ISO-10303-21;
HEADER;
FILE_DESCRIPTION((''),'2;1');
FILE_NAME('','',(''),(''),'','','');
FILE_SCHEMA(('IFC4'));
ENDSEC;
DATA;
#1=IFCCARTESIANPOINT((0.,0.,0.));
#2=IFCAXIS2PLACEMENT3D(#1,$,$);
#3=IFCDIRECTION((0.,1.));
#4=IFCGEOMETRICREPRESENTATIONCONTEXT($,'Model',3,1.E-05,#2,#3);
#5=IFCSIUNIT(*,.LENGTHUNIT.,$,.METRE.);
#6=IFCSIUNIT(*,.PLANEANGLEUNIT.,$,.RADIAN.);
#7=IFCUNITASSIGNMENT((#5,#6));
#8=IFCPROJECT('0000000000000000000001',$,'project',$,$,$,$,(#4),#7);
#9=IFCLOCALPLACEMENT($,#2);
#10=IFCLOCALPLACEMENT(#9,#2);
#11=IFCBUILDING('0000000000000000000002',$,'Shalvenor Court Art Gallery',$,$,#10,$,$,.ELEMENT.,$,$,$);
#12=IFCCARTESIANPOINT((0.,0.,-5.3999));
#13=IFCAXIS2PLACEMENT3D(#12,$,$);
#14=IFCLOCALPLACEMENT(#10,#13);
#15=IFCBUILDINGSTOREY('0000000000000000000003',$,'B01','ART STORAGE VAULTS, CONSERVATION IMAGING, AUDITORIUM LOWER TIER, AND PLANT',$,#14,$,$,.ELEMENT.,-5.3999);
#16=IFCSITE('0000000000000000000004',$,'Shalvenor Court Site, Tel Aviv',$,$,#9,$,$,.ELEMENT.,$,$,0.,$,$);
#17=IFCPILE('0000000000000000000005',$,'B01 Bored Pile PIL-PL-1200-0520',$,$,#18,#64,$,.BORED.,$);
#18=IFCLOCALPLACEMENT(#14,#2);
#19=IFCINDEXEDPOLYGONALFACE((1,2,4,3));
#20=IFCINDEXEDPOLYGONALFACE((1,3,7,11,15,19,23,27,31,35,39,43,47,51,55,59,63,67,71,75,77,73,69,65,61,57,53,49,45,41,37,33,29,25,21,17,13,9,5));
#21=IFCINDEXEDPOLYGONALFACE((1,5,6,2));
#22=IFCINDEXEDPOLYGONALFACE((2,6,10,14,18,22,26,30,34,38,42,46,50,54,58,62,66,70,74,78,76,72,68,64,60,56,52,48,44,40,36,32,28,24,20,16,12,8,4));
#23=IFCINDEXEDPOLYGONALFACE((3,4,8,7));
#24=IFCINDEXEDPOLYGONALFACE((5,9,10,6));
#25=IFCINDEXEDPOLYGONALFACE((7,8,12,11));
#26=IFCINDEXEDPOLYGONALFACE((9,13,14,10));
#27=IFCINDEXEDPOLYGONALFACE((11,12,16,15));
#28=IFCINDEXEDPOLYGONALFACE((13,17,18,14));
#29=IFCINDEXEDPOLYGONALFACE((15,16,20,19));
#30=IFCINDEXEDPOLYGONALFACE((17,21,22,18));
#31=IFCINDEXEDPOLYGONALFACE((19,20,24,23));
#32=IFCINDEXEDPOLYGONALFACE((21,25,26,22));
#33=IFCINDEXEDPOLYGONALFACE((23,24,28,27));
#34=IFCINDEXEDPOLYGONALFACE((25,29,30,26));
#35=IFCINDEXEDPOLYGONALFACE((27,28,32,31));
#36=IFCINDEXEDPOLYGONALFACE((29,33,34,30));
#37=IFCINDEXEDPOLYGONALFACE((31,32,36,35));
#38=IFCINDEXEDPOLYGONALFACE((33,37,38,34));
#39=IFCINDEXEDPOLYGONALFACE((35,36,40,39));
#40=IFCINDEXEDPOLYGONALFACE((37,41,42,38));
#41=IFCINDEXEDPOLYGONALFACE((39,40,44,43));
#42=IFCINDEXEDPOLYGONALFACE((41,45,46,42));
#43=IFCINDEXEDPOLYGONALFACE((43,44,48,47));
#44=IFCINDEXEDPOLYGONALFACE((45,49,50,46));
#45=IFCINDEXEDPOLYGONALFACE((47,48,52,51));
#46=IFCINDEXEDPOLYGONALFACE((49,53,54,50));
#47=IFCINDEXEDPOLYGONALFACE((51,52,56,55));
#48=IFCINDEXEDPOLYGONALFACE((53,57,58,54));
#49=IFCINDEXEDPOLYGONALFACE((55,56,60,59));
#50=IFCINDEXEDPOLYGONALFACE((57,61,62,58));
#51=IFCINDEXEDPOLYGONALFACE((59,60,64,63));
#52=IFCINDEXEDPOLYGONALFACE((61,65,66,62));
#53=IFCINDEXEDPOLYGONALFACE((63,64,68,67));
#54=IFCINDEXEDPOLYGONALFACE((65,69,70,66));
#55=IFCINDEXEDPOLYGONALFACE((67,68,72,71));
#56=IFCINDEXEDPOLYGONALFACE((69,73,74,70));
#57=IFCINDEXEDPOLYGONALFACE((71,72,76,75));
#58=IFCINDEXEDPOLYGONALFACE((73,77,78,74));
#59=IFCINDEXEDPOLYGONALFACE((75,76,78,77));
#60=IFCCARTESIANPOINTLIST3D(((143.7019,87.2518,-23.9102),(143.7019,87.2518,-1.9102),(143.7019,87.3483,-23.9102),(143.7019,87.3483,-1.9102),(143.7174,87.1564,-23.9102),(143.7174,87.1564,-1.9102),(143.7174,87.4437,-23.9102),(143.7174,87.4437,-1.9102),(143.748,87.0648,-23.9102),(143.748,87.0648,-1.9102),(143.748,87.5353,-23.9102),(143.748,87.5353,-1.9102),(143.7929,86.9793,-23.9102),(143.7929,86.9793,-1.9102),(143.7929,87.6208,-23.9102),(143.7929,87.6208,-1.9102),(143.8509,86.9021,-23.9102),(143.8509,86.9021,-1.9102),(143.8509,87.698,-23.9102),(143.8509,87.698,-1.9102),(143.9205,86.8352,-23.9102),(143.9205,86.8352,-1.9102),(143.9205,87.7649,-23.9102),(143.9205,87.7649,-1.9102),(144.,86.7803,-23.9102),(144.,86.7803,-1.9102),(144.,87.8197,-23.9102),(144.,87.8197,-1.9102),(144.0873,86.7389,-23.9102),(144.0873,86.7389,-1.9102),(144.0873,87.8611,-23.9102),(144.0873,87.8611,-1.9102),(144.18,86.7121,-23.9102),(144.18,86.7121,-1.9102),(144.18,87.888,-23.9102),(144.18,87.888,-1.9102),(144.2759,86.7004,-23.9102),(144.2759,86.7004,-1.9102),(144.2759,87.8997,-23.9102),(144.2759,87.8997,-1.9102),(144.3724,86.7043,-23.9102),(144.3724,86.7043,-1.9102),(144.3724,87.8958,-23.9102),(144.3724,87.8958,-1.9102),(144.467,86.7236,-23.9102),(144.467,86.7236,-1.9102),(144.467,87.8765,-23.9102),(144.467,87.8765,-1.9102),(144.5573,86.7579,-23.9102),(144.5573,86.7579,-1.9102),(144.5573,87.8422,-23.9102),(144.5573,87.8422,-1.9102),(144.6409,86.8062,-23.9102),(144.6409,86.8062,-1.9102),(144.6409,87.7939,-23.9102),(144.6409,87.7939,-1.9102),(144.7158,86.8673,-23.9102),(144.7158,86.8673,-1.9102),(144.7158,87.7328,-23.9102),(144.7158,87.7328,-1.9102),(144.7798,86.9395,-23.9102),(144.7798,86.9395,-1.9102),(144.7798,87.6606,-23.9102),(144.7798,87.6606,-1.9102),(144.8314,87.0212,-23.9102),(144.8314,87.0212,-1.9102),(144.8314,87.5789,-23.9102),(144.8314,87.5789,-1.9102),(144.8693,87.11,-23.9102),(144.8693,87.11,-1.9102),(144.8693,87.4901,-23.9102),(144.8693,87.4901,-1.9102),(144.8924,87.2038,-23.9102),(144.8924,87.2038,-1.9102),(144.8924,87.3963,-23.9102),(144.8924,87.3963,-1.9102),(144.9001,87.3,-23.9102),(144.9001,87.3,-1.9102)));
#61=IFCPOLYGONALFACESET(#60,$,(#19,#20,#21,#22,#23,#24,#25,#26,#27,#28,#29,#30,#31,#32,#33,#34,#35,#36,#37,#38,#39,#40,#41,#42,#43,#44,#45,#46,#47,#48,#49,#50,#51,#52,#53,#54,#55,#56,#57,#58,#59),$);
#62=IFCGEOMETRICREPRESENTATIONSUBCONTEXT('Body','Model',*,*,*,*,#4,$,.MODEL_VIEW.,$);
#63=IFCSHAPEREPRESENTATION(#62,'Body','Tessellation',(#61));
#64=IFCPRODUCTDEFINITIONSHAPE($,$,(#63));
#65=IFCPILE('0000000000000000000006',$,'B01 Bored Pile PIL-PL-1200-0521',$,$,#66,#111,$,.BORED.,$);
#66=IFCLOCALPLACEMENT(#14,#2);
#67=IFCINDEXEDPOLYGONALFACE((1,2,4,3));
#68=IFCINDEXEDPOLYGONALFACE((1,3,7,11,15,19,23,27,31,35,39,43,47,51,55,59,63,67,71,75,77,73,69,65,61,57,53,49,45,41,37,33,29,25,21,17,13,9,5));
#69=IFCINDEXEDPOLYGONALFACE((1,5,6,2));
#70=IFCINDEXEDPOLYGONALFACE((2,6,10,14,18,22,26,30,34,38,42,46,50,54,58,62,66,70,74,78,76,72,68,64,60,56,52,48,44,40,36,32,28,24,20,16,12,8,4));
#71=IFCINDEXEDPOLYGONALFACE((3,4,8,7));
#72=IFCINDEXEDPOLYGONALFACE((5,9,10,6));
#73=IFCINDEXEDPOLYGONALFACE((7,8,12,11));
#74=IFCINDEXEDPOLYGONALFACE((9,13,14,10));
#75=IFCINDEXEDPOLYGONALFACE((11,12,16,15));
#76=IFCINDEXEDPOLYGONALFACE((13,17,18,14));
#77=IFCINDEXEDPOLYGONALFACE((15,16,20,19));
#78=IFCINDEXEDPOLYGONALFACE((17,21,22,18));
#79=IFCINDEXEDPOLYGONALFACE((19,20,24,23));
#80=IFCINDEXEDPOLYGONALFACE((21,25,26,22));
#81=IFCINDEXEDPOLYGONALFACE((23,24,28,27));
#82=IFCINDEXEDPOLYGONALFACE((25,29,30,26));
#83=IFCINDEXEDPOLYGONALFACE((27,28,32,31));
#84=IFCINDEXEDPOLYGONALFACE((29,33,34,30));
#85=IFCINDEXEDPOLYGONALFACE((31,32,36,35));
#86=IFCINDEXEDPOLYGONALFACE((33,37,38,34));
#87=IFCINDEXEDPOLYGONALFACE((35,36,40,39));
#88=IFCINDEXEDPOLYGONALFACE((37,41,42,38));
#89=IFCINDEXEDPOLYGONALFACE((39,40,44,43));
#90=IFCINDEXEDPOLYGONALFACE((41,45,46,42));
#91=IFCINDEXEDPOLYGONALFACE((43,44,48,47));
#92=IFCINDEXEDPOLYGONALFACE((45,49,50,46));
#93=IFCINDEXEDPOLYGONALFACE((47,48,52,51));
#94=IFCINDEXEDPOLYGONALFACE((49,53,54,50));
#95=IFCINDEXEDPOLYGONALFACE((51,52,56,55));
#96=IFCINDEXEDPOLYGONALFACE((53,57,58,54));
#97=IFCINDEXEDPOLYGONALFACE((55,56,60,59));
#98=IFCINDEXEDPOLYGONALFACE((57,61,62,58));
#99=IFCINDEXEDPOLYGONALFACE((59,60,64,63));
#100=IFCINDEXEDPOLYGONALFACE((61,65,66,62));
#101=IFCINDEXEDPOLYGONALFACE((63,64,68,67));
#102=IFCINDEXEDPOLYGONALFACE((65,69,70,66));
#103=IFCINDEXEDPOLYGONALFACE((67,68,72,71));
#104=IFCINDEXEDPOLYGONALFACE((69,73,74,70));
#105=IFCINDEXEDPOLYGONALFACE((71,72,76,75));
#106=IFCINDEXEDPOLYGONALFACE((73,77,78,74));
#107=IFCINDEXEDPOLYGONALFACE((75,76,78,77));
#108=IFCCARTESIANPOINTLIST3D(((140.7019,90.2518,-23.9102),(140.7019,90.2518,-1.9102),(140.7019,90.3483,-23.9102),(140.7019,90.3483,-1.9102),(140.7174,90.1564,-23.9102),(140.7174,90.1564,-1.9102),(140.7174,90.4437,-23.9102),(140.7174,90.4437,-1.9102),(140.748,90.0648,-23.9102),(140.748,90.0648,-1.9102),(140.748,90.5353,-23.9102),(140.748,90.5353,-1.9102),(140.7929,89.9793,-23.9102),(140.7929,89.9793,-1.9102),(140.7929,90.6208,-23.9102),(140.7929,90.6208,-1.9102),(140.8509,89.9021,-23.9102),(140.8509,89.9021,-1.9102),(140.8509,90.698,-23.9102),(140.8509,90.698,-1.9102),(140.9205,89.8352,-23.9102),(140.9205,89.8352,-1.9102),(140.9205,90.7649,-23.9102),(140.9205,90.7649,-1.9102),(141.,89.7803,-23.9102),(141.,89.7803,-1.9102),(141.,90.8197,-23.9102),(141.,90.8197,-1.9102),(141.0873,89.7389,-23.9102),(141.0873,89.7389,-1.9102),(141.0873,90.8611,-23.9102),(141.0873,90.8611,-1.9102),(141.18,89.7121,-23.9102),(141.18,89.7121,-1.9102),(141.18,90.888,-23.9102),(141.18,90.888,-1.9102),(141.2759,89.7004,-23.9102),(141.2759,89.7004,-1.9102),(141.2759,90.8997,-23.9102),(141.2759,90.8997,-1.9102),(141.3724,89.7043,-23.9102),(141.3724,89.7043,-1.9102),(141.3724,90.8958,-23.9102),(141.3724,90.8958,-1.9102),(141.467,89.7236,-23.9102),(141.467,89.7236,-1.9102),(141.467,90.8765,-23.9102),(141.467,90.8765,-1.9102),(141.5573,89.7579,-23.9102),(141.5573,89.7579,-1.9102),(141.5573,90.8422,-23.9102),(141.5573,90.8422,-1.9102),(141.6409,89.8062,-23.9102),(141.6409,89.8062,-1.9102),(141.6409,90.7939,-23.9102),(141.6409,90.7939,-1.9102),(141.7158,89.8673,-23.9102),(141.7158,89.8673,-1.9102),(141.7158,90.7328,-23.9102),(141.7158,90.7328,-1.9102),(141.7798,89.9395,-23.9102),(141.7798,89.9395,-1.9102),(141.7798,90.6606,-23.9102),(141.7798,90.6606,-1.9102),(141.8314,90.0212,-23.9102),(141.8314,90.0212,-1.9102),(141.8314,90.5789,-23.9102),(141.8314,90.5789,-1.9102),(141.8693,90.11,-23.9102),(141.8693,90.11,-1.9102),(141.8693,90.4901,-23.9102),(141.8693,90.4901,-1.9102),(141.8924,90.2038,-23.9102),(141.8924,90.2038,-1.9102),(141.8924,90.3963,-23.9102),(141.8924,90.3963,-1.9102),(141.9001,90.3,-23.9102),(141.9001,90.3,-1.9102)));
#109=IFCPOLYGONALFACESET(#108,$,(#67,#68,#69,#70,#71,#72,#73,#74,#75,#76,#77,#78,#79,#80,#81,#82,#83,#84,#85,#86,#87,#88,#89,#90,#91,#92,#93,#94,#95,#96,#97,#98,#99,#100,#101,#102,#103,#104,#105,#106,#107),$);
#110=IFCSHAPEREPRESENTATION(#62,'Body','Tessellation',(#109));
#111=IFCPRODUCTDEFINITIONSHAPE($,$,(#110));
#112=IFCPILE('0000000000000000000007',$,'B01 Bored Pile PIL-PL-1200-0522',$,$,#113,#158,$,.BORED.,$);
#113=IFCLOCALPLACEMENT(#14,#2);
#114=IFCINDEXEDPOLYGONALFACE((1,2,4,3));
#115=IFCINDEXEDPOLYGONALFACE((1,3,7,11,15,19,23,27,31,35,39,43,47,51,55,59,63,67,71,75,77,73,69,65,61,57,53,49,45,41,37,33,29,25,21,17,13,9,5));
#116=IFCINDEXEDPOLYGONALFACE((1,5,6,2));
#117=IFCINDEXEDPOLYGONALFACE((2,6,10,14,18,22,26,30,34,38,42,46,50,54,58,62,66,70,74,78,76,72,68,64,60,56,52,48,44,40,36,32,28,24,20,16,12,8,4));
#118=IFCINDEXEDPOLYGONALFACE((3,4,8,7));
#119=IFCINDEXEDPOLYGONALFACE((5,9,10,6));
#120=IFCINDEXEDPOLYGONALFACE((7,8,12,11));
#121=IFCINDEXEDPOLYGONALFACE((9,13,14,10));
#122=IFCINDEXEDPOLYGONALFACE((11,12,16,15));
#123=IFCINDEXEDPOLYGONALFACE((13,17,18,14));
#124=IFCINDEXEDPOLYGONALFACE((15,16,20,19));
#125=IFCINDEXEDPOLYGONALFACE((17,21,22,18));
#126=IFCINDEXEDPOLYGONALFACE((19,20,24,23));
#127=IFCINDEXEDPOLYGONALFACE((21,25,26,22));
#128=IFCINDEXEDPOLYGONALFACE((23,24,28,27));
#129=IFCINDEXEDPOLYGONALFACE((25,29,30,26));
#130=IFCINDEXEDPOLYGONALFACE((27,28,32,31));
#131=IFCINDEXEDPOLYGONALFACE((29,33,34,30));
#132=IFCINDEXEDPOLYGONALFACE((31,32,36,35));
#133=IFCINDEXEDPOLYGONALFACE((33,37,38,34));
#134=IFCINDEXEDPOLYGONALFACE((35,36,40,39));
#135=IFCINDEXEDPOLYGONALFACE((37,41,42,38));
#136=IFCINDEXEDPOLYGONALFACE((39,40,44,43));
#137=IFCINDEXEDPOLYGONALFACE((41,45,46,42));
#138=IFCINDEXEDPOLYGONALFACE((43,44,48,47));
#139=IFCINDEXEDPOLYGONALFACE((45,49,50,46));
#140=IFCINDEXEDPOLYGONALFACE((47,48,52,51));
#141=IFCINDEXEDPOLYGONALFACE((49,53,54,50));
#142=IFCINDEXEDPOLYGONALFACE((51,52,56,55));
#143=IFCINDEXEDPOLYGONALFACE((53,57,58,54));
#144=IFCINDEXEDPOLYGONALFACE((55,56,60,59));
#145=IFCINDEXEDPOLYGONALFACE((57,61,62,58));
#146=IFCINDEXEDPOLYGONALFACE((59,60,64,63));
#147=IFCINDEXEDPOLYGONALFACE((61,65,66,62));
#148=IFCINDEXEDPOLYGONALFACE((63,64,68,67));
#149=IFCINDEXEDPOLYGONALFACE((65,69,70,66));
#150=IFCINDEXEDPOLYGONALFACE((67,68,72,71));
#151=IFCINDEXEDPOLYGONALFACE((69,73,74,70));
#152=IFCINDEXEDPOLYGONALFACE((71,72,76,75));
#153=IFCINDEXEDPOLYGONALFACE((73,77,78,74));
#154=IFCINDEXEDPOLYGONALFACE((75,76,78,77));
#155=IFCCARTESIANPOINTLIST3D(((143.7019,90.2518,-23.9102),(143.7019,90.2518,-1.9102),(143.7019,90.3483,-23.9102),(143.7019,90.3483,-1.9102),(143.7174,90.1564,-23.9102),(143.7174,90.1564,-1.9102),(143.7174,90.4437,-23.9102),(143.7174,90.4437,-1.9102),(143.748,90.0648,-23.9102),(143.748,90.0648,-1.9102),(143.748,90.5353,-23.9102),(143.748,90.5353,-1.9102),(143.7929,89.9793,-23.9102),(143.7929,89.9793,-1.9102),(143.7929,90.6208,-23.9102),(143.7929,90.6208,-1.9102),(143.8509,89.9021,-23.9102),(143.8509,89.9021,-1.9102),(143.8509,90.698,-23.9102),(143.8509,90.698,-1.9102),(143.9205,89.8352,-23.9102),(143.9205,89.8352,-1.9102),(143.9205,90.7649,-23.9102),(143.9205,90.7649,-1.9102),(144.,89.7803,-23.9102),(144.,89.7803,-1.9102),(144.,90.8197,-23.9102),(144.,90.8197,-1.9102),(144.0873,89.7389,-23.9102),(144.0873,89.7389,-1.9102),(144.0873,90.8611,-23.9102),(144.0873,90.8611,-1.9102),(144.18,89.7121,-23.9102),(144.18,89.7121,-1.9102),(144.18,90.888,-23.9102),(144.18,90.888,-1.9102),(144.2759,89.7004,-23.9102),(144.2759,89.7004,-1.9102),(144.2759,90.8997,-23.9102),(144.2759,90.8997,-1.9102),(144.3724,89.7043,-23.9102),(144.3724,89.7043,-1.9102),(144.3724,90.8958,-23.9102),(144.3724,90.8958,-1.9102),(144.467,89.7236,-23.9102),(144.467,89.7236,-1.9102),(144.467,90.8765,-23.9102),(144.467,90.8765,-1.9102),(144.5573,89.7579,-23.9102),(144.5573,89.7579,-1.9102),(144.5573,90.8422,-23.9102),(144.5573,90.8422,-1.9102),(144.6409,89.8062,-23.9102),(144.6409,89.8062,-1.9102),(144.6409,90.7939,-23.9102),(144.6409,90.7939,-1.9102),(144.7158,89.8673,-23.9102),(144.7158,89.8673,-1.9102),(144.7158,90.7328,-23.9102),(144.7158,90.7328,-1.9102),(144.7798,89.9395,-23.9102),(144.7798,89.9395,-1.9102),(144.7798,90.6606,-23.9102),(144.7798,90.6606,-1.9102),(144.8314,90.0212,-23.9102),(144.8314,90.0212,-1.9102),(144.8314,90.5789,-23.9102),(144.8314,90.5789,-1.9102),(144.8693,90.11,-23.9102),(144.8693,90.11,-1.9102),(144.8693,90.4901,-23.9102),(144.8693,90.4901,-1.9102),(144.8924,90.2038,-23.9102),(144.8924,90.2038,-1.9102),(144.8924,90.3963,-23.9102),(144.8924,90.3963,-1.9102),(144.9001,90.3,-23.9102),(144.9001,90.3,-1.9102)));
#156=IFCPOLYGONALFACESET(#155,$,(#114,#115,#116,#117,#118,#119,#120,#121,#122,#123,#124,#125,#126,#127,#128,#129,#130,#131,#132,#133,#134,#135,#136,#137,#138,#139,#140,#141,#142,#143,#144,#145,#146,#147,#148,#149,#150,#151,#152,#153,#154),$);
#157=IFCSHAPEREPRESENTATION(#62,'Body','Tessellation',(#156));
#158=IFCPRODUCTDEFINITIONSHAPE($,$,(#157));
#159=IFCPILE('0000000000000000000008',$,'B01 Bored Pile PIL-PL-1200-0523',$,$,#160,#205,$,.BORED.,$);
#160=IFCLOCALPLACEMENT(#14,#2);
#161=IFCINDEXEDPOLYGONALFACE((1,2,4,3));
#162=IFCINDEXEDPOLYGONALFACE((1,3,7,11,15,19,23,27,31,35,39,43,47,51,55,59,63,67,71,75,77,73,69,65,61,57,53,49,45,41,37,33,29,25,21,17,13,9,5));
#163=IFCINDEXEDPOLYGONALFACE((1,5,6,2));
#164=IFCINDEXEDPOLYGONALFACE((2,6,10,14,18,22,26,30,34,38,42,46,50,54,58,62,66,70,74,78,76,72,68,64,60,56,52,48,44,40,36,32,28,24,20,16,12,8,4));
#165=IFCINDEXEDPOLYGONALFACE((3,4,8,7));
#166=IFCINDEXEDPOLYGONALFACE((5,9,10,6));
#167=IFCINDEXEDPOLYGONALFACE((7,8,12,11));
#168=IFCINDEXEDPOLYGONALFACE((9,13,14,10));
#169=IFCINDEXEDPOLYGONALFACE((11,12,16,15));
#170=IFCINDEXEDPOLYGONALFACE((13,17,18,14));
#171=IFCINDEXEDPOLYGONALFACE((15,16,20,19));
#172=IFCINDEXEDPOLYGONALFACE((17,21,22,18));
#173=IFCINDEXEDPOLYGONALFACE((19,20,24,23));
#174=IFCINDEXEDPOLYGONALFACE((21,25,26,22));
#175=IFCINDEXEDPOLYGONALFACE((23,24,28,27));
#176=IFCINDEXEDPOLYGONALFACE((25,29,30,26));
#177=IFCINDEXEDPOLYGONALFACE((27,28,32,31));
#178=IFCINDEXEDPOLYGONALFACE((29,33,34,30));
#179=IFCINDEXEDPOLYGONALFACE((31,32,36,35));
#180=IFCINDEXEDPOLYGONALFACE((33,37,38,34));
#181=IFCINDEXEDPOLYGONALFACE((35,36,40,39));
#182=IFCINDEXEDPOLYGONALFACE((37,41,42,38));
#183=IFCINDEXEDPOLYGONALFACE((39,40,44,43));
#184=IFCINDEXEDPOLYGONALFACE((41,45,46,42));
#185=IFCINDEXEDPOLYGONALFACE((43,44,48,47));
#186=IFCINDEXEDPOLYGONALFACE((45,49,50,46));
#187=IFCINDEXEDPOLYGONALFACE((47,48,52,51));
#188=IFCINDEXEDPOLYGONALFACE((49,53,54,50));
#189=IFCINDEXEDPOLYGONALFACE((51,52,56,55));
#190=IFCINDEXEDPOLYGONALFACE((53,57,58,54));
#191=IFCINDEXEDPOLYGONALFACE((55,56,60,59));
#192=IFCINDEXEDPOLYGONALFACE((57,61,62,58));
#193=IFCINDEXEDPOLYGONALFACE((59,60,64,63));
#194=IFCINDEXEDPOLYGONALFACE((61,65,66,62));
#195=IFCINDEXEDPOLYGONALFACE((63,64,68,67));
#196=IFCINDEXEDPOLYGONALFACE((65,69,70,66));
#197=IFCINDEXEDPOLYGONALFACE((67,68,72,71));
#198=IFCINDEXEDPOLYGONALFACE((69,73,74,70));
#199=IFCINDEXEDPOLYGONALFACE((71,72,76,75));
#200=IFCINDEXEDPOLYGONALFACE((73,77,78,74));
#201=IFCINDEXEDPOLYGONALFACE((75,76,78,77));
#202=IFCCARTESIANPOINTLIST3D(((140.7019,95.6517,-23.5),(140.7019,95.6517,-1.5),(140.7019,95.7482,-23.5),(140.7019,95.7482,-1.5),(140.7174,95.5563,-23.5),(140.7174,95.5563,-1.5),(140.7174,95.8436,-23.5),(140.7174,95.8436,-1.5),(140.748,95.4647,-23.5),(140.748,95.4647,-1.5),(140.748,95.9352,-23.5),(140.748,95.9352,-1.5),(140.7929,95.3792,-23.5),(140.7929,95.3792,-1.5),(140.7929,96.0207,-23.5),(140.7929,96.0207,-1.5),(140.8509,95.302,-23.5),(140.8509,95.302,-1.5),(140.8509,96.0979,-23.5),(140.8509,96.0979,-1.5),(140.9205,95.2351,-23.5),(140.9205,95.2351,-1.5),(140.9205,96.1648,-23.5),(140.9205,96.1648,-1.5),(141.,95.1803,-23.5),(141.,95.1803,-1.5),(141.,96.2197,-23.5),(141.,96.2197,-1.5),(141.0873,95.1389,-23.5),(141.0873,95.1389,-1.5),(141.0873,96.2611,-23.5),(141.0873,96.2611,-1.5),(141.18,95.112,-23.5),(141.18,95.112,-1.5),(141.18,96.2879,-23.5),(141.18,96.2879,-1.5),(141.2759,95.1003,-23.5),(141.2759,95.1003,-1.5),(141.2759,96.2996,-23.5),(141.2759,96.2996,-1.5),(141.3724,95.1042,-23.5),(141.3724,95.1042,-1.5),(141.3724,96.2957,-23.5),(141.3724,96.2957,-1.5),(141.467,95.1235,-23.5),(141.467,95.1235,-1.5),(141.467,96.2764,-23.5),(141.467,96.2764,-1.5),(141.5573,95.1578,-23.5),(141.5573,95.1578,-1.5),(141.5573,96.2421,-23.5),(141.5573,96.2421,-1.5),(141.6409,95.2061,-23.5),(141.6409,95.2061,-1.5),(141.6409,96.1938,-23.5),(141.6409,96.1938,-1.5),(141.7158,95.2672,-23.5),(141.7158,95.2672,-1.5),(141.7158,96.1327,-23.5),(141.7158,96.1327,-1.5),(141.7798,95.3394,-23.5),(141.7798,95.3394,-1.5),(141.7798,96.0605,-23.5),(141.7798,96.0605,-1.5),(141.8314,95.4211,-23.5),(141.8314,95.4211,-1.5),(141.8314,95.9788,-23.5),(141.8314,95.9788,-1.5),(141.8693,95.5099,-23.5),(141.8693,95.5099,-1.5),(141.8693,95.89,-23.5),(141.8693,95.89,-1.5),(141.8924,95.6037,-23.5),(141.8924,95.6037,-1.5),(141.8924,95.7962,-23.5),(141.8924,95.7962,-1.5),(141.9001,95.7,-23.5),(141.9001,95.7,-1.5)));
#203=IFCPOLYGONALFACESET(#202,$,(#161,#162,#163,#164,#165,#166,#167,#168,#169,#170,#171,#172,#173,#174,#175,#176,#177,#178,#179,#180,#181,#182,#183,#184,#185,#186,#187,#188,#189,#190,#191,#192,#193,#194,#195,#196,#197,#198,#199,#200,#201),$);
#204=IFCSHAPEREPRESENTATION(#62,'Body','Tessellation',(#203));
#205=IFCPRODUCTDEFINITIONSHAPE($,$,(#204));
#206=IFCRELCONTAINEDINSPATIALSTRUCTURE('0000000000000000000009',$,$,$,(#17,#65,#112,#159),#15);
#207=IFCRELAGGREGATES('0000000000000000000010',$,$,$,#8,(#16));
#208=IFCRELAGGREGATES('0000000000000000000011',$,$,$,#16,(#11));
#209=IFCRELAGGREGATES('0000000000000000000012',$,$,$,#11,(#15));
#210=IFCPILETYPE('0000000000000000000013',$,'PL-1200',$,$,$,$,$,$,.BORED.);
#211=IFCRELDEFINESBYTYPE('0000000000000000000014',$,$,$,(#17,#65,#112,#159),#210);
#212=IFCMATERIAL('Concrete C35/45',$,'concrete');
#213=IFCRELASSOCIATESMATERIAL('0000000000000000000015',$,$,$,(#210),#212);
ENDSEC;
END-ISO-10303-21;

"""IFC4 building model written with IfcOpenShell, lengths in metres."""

from ifc_helpers import new_model, si_unit, direction, frame, origin, origin_2d, place, context, subcontext, project, spatial, circle, extrude, material, material_profile, profile_set, type_object, element, save


model = new_model("IFC4")

# Units and contexts
model_context = context("Model", 3, precision=1e-05, world=origin(), true_north=direction((0.0, 1.0)))
body_context = subcontext(model_context, "Body", "Model", "MODEL_VIEW")
ifc_project = project(units=[si_unit("LENGTHUNIT", "METRE"), si_unit("PLANEANGLEUNIT", "RADIAN")], contexts=[model_context])

# Site, building, storey
site_placement = place(None, origin())
site = spatial("IfcSite", under=ifc_project, at=site_placement, Name="Shalvenor Court Site, Tel Aviv", CompositionType="ELEMENT", RefElevation=0.0)
building_placement = place(site_placement, origin())
building = spatial("IfcBuilding", under=site, at=building_placement, Name="Shalvenor Court Art Gallery", CompositionType="ELEMENT")
storey_placement = place(building_placement, frame((0.0, 0.0, -5.3999)))
storey = spatial("IfcBuildingStorey", under=building, at=storey_placement, Name="B01", Description="ART STORAGE VAULTS, CONSERVATION IMAGING, AUDITORIUM LOWER TIER, AND PLANT", CompositionType="ELEMENT", Elevation=-5.3999)

# Piles
ifc_material_1 = material(Name="Concrete C35/45", Category="concrete")
ifc_material_profile_1 = material_profile(ifc_material_1, circle(Radius=0.6001, at=origin_2d()), Name="PILE 1200")
ifc_profile_set_1 = profile_set([ifc_material_profile_1], Name="Concrete C35/45")
pile_type = type_object("IfcPileType", Name="PL-1200", PredefinedType="BORED", material=ifc_profile_set_1)
for number, where, z_axis, x_axis, name in (
    (1, (144.3, 87.3, -1.9102), (0.0, 0.0, -1.0), (1.0, 0.0, 0.0), "B01 Bored Pile PIL-PL-1200-0520"),
    (2, (141.3, 90.3, -1.9102), (0.0, 0.0, -1.0), (1.0, 0.0, 0.0), "B01 Bored Pile PIL-PL-1200-0521"),
    (3, (144.3, 90.3, -1.9102), (0.0, 0.0, -1.0), (1.0, 0.0, 0.0), "B01 Bored Pile PIL-PL-1200-0522"),
    (4, (141.3, 95.7, -1.5), (0.0, 0.0, -1.0), (1.0, 0.0, 0.0), "B01 Bored Pile PIL-PL-1200-0523"),
):
    element("IfcPile", number, at=place(storey_placement, frame(where, z_axis=z_axis, x_axis=x_axis)), inside=storey, type_object=pile_type, Name=name, PredefinedType="BORED", context=body_context, shape_type="SweptSolid", body=[
        extrude(circle(Radius=0.6001, at=origin_2d()), origin(), (0.0, 0.0, 1.0), 22.0),
    ])

save(model, "model.ifc")
